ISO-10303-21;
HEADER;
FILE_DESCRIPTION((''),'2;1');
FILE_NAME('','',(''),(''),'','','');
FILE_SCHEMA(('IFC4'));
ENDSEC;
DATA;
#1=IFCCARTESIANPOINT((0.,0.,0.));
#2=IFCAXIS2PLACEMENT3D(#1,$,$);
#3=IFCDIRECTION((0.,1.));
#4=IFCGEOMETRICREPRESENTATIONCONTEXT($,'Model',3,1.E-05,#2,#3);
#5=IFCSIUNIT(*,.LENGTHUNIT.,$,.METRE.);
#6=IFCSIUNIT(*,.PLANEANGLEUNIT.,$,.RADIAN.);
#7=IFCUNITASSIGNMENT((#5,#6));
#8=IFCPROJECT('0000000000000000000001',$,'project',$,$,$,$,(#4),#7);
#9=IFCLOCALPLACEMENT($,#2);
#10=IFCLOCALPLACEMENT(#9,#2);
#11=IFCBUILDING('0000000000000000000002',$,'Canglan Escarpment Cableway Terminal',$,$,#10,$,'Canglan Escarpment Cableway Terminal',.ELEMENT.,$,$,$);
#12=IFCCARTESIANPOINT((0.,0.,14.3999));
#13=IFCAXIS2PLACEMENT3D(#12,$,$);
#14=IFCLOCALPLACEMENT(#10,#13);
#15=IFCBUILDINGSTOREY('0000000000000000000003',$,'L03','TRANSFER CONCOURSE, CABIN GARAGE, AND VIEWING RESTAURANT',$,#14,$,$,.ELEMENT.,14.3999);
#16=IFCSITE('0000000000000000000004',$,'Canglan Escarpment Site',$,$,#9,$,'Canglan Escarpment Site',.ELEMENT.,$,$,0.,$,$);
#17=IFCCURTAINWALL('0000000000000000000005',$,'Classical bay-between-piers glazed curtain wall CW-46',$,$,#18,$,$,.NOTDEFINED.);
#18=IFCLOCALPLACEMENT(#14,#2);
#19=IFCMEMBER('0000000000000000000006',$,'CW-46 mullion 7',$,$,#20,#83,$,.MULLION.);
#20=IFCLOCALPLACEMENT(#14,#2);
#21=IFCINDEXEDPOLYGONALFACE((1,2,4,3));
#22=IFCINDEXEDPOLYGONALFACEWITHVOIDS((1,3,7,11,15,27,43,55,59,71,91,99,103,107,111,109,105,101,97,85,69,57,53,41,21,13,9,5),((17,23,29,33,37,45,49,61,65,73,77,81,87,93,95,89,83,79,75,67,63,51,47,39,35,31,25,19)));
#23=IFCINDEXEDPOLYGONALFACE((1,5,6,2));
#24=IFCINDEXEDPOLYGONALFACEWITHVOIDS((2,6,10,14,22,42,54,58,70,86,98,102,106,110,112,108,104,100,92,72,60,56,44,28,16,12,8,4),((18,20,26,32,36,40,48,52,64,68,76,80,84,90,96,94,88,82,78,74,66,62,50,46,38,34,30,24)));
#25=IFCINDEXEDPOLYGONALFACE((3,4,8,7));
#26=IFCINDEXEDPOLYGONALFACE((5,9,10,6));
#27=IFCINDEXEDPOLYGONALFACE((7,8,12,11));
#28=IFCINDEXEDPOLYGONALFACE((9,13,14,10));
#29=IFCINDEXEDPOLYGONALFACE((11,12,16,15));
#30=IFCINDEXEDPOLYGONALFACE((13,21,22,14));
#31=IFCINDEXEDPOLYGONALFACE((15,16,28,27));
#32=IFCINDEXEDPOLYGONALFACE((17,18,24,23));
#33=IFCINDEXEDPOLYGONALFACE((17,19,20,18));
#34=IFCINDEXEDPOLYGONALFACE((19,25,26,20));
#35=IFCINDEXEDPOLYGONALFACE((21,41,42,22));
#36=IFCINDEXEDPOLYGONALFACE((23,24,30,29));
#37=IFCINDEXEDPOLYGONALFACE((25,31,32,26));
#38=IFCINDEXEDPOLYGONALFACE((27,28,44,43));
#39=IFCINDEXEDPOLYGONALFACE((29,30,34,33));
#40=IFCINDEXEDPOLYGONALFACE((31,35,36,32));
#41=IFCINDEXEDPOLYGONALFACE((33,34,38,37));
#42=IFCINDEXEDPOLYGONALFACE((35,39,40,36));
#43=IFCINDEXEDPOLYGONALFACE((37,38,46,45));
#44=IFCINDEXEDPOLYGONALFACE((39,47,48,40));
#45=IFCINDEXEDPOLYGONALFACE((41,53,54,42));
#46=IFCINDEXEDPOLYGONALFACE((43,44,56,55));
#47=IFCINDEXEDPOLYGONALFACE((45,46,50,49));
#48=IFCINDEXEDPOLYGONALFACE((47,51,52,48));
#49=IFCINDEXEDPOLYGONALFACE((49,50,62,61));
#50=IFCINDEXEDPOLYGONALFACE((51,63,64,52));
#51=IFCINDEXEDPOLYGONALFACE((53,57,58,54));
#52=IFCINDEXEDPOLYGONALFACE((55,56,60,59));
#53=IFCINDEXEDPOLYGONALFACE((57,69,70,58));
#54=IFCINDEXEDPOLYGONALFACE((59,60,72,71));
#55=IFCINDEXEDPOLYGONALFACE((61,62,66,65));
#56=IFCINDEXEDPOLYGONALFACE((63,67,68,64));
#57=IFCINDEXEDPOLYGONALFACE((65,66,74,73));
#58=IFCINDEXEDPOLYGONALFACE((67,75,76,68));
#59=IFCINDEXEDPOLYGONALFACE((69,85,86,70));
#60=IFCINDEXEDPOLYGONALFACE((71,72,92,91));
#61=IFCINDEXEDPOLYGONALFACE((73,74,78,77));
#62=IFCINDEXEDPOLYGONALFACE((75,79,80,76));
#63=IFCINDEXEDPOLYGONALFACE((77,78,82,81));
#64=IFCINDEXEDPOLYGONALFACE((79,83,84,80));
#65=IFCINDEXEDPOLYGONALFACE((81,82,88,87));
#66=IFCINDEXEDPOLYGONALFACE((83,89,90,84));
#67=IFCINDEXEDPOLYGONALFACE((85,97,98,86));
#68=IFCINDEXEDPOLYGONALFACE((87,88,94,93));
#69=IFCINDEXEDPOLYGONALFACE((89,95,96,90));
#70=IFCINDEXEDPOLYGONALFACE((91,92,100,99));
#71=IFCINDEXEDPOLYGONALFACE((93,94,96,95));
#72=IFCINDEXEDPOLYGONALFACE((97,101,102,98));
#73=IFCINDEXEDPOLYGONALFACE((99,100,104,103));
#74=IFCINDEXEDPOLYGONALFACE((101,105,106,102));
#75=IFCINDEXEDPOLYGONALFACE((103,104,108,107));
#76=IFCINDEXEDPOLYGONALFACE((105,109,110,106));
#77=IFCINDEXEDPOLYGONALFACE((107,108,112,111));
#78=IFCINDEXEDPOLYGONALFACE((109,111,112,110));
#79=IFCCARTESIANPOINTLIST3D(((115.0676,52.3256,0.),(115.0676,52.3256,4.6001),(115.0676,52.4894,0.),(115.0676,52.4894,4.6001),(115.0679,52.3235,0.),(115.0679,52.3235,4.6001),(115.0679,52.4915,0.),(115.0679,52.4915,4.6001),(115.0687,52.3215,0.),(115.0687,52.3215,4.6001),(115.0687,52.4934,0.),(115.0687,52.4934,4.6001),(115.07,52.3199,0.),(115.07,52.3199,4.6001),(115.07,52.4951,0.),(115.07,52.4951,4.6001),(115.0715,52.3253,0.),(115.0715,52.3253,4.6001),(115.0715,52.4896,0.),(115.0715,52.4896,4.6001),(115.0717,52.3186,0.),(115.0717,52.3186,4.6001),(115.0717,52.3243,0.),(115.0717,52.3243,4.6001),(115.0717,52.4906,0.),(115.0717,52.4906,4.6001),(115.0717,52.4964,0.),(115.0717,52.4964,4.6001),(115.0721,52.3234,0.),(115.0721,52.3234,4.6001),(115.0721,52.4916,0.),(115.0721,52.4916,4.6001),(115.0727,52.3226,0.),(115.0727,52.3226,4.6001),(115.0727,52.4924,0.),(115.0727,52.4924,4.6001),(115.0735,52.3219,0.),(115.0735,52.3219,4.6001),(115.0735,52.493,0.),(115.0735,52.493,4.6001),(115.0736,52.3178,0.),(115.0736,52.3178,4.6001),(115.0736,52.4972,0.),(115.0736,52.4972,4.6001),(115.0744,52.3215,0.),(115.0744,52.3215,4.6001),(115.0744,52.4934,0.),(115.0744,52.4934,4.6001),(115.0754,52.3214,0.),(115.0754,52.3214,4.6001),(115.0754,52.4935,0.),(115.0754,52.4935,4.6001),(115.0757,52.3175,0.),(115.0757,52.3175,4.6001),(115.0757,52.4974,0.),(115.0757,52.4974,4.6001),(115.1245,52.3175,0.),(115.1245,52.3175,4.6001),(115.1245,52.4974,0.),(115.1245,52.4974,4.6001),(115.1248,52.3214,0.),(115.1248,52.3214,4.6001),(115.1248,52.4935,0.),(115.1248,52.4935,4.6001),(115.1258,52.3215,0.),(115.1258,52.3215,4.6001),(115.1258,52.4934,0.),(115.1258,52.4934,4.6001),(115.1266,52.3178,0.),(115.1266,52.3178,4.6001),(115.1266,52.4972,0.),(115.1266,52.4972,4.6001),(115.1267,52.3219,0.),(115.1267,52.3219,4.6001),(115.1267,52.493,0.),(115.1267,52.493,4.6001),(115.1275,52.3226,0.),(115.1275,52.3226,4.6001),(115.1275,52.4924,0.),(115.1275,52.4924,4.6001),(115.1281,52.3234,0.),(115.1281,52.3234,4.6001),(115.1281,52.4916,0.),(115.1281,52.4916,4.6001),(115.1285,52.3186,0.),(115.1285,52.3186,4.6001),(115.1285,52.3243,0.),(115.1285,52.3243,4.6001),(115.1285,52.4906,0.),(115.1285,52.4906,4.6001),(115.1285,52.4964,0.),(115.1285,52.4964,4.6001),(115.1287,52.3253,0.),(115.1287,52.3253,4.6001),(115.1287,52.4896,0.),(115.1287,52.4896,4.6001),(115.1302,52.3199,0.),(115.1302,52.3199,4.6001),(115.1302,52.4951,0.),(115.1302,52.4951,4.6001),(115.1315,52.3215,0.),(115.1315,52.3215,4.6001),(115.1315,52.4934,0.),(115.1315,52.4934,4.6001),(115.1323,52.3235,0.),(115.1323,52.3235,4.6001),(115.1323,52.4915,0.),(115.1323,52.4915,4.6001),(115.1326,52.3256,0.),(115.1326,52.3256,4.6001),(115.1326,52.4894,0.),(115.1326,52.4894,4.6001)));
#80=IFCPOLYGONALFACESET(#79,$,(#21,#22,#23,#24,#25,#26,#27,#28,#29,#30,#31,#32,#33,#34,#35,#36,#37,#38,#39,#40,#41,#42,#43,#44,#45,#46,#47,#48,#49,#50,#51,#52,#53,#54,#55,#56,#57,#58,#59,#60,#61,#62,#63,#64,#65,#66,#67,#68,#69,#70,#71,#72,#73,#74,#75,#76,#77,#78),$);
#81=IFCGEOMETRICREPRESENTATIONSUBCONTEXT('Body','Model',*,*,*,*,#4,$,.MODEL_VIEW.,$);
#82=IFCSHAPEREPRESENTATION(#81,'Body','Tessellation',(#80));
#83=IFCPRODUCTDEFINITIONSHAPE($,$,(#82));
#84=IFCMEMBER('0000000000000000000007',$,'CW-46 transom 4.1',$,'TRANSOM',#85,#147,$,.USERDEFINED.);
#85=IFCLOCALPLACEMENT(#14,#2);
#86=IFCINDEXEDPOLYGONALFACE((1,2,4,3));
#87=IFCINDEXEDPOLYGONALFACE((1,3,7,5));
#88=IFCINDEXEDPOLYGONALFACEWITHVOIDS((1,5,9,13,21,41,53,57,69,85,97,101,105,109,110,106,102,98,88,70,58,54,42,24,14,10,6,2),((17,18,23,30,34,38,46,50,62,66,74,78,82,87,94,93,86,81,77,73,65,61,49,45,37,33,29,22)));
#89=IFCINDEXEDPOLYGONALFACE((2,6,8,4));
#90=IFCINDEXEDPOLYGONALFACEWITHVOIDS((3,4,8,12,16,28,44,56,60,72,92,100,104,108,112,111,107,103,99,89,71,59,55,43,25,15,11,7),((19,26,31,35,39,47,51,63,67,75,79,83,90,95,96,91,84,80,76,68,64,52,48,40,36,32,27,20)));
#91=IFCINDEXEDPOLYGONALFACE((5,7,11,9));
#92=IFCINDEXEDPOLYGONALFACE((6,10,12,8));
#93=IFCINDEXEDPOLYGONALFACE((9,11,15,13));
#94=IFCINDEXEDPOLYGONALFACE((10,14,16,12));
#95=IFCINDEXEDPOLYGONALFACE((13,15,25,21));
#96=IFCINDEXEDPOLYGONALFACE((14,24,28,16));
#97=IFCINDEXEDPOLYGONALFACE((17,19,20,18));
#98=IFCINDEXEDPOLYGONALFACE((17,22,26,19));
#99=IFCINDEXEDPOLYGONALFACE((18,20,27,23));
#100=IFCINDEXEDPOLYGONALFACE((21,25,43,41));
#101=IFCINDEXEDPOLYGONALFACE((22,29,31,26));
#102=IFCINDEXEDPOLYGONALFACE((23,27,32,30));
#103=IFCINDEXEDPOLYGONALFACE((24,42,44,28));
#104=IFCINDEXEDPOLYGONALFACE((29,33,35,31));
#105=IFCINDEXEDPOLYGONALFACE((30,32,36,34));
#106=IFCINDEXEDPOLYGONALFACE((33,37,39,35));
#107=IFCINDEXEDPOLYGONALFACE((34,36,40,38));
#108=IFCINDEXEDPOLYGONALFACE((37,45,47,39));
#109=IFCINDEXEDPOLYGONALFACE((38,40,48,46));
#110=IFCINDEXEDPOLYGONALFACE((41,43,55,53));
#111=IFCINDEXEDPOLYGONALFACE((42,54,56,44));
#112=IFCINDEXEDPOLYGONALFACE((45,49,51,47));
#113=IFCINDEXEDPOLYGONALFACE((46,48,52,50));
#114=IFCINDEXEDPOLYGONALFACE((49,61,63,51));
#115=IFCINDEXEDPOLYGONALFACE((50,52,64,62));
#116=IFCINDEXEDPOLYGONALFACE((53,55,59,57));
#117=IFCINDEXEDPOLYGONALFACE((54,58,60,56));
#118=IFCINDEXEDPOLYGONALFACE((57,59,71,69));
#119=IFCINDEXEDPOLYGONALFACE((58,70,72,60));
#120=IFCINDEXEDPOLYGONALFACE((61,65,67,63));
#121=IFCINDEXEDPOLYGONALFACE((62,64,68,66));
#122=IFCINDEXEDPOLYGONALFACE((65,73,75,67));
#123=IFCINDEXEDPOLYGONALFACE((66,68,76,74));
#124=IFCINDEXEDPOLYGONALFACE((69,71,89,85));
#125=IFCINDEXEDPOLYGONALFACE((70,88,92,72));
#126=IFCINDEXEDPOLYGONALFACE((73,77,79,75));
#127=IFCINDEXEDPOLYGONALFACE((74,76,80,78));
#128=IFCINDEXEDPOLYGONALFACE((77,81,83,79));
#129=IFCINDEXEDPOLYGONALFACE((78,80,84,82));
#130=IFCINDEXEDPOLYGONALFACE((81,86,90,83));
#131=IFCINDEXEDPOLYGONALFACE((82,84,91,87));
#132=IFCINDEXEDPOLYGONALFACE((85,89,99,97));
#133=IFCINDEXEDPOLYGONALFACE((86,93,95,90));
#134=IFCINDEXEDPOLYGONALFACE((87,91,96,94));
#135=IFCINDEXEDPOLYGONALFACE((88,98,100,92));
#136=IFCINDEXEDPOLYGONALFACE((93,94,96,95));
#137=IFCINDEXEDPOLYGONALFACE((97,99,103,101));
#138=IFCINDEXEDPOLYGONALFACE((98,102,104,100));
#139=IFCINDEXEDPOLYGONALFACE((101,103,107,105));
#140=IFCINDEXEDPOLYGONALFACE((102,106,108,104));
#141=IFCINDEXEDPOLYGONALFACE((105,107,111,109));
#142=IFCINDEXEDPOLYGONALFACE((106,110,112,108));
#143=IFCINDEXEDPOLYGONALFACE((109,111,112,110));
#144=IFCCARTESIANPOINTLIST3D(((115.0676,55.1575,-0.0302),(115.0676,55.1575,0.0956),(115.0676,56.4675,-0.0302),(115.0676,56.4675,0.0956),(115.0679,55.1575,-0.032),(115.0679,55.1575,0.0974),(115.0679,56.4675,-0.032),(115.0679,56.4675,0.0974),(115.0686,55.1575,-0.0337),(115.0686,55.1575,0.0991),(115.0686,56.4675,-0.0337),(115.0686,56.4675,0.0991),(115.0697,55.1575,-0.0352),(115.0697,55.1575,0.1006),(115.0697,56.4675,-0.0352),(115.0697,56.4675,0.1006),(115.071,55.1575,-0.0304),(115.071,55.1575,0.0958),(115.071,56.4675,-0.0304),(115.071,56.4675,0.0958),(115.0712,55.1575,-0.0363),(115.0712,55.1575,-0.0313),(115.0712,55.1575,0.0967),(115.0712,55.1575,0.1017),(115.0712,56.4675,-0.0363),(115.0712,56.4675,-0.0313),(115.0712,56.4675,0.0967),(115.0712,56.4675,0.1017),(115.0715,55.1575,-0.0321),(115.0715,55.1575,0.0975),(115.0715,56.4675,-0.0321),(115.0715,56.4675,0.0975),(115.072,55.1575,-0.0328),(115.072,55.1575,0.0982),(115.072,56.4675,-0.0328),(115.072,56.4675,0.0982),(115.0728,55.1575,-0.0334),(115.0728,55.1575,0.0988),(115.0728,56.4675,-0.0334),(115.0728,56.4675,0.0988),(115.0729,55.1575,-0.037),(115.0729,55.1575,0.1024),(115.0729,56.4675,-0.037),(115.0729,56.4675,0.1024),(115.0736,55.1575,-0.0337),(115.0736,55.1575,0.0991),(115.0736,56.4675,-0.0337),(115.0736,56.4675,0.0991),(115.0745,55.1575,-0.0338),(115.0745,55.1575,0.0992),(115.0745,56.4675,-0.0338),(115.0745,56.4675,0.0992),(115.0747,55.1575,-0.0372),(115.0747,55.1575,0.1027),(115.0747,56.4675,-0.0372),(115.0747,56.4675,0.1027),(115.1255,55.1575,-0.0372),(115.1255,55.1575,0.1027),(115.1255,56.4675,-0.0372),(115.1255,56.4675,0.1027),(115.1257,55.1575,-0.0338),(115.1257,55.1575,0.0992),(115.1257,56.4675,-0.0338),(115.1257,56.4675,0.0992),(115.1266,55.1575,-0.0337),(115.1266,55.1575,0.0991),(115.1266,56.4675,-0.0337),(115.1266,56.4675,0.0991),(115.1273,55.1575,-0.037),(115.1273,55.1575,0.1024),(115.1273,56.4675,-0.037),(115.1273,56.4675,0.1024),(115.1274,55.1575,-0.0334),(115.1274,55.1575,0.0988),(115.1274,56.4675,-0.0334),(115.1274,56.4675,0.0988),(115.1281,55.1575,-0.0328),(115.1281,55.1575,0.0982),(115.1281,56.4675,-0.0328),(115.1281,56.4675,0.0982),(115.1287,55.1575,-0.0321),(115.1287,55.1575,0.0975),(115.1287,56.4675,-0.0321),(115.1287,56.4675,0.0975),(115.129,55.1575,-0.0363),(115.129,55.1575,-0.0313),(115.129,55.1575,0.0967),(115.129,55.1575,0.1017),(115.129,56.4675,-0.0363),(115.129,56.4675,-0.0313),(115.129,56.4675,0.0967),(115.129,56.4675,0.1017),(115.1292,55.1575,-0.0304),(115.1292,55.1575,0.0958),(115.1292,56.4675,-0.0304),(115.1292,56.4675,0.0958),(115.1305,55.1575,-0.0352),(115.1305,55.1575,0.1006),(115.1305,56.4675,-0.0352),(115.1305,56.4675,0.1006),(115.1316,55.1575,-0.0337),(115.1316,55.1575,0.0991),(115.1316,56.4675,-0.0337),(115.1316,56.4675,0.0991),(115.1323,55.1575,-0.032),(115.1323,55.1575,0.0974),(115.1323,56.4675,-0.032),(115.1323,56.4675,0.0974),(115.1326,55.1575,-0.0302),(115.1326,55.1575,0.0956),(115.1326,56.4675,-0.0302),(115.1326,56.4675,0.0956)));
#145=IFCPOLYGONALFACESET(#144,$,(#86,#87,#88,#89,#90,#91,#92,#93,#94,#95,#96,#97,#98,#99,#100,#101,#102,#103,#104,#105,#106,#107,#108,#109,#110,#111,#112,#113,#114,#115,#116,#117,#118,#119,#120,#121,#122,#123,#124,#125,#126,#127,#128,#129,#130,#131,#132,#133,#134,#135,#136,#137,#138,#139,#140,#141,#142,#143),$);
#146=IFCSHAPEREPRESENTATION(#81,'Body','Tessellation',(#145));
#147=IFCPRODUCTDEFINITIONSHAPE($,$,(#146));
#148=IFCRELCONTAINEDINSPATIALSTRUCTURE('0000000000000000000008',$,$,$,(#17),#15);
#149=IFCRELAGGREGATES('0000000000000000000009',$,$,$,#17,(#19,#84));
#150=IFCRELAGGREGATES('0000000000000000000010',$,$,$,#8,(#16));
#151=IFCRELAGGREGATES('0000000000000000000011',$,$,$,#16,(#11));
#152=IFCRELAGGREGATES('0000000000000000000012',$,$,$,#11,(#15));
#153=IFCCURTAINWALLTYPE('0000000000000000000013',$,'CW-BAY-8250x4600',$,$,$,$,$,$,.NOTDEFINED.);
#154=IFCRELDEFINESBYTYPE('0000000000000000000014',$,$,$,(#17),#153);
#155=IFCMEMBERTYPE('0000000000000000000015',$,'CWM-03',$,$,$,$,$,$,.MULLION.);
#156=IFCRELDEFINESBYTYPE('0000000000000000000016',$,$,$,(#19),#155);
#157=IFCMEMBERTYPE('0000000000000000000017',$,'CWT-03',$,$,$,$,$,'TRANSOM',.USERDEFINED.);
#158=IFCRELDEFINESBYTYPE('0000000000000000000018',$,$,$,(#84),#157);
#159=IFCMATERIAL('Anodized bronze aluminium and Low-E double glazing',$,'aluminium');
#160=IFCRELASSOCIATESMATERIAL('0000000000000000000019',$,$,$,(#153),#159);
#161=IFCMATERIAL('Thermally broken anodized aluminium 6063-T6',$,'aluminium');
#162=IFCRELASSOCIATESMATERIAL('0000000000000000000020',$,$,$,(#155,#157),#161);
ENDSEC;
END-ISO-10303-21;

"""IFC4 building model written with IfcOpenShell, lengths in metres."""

from ifc_helpers import new_model, si_unit, direction, frame, origin, origin_2d, place, context, subcontext, project, spatial, hollow_rectangle, extrude, material, material_profile, profile_set, type_object, element, aggregate, save


model = new_model("IFC4")

# Units and contexts
model_context = context("Model", 3, precision=1e-05, world=origin(), true_north=direction((0.0, 1.0)))
body_context = subcontext(model_context, "Body", "Model", "MODEL_VIEW")
ifc_project = project(units=[si_unit("LENGTHUNIT", "METRE"), si_unit("PLANEANGLEUNIT", "RADIAN")], contexts=[model_context])

# Site, building, storey
site_placement = place(None, origin())
site = spatial("IfcSite", under=ifc_project, at=site_placement, Name="Canglan Escarpment Site", LongName="Canglan Escarpment Site", CompositionType="ELEMENT", RefElevation=0.0)
building_placement = place(site_placement, origin())
building = spatial("IfcBuilding", under=site, at=building_placement, Name="Canglan Escarpment Cableway Terminal", LongName="Canglan Escarpment Cableway Terminal", CompositionType="ELEMENT")
storey_placement = place(building_placement, frame((0.0, 0.0, 14.3999)))
storey = spatial("IfcBuildingStorey", under=building, at=storey_placement, Name="L03", Description="TRANSFER CONCOURSE, CABIN GARAGE, AND VIEWING RESTAURANT", CompositionType="ELEMENT", Elevation=14.3999)

# Curtain wall, members
ifc_material_1 = material(Name="Anodized bronze aluminium and Low-E double glazing", Category="aluminium")
curtain_wall_type = type_object("IfcCurtainWallType", Name="CW-BAY-8250x4600", PredefinedType="NOTDEFINED", material=ifc_material_1)
curtain_wall_placement = place(storey_placement, origin())
curtain_wall = element("IfcCurtainWall", 1, at=curtain_wall_placement, inside=storey, type_object=curtain_wall_type, Name="Classical bay-between-piers glazed curtain wall CW-46", PredefinedType="NOTDEFINED")
ifc_material_2 = material(Name="Thermally broken anodized aluminium 6063-T6", Category="aluminium")
ifc_material_profile_1 = material_profile(ifc_material_2, hollow_rectangle(XDim=0.0649, YDim=0.1799, WallThickness=0.0039, InnerFilletRadius=0.0039, OuterFilletRadius=0.0081, at=origin_2d()), Name="ALU-MULL 65x180x4")
ifc_profile_set_1 = profile_set([ifc_material_profile_1], Name="Thermally broken anodized aluminium 6063-T6")
member_type_1 = type_object("IfcMemberType", Name="CWM-03", PredefinedType="MULLION", material=ifc_profile_set_1)
member_1_placement = place(storey_placement, frame((115.1001, 52.4075, 0.0), z_axis=(0.0, 0.0, 1.0), x_axis=(1.0, 0.0, 0.0)))
member_1 = element("IfcMember", 2, at=member_1_placement, type_object=member_type_1, Name="CW-46 mullion 7", PredefinedType="MULLION", context=body_context, shape_type="SweptSolid", body=[
    extrude(hollow_rectangle(XDim=0.0649, YDim=0.1799, WallThickness=0.0039, InnerFilletRadius=0.0039, OuterFilletRadius=0.0081, at=origin_2d()), origin(), (0.0, 0.0, 1.0), 4.6001),
])
ifc_material_profile_2 = material_profile(ifc_material_2, hollow_rectangle(XDim=0.0649, YDim=0.1399, WallThickness=0.0034, InnerFilletRadius=0.0034, OuterFilletRadius=0.0071, at=origin_2d()), Name="ALU-TRAN 65x140x3.5")
ifc_profile_set_2 = profile_set([ifc_material_profile_2], Name="Thermally broken anodized aluminium 6063-T6")
member_type_2 = type_object("IfcMemberType", Name="CWT-03", ElementType="TRANSOM", PredefinedType="USERDEFINED", material=ifc_profile_set_2)
member_2_placement = place(storey_placement, frame((115.1001, 56.4675, 0.0327), z_axis=(0.0, -1.0, 0.0), x_axis=(1.0, 0.0, 0.0)))
member_2 = element("IfcMember", 3, at=member_2_placement, type_object=member_type_2, Name="CW-46 transom 4.1", ObjectType="TRANSOM", PredefinedType="USERDEFINED", context=body_context, shape_type="SweptSolid", body=[
    extrude(hollow_rectangle(XDim=0.0649, YDim=0.1399, WallThickness=0.0034, InnerFilletRadius=0.0034, OuterFilletRadius=0.0071, at=origin_2d()), origin(), (0.0, 0.0, 1.0), 1.3101),
])

aggregate(curtain_wall, [member_1, member_2])

save(model, "model.ifc")
